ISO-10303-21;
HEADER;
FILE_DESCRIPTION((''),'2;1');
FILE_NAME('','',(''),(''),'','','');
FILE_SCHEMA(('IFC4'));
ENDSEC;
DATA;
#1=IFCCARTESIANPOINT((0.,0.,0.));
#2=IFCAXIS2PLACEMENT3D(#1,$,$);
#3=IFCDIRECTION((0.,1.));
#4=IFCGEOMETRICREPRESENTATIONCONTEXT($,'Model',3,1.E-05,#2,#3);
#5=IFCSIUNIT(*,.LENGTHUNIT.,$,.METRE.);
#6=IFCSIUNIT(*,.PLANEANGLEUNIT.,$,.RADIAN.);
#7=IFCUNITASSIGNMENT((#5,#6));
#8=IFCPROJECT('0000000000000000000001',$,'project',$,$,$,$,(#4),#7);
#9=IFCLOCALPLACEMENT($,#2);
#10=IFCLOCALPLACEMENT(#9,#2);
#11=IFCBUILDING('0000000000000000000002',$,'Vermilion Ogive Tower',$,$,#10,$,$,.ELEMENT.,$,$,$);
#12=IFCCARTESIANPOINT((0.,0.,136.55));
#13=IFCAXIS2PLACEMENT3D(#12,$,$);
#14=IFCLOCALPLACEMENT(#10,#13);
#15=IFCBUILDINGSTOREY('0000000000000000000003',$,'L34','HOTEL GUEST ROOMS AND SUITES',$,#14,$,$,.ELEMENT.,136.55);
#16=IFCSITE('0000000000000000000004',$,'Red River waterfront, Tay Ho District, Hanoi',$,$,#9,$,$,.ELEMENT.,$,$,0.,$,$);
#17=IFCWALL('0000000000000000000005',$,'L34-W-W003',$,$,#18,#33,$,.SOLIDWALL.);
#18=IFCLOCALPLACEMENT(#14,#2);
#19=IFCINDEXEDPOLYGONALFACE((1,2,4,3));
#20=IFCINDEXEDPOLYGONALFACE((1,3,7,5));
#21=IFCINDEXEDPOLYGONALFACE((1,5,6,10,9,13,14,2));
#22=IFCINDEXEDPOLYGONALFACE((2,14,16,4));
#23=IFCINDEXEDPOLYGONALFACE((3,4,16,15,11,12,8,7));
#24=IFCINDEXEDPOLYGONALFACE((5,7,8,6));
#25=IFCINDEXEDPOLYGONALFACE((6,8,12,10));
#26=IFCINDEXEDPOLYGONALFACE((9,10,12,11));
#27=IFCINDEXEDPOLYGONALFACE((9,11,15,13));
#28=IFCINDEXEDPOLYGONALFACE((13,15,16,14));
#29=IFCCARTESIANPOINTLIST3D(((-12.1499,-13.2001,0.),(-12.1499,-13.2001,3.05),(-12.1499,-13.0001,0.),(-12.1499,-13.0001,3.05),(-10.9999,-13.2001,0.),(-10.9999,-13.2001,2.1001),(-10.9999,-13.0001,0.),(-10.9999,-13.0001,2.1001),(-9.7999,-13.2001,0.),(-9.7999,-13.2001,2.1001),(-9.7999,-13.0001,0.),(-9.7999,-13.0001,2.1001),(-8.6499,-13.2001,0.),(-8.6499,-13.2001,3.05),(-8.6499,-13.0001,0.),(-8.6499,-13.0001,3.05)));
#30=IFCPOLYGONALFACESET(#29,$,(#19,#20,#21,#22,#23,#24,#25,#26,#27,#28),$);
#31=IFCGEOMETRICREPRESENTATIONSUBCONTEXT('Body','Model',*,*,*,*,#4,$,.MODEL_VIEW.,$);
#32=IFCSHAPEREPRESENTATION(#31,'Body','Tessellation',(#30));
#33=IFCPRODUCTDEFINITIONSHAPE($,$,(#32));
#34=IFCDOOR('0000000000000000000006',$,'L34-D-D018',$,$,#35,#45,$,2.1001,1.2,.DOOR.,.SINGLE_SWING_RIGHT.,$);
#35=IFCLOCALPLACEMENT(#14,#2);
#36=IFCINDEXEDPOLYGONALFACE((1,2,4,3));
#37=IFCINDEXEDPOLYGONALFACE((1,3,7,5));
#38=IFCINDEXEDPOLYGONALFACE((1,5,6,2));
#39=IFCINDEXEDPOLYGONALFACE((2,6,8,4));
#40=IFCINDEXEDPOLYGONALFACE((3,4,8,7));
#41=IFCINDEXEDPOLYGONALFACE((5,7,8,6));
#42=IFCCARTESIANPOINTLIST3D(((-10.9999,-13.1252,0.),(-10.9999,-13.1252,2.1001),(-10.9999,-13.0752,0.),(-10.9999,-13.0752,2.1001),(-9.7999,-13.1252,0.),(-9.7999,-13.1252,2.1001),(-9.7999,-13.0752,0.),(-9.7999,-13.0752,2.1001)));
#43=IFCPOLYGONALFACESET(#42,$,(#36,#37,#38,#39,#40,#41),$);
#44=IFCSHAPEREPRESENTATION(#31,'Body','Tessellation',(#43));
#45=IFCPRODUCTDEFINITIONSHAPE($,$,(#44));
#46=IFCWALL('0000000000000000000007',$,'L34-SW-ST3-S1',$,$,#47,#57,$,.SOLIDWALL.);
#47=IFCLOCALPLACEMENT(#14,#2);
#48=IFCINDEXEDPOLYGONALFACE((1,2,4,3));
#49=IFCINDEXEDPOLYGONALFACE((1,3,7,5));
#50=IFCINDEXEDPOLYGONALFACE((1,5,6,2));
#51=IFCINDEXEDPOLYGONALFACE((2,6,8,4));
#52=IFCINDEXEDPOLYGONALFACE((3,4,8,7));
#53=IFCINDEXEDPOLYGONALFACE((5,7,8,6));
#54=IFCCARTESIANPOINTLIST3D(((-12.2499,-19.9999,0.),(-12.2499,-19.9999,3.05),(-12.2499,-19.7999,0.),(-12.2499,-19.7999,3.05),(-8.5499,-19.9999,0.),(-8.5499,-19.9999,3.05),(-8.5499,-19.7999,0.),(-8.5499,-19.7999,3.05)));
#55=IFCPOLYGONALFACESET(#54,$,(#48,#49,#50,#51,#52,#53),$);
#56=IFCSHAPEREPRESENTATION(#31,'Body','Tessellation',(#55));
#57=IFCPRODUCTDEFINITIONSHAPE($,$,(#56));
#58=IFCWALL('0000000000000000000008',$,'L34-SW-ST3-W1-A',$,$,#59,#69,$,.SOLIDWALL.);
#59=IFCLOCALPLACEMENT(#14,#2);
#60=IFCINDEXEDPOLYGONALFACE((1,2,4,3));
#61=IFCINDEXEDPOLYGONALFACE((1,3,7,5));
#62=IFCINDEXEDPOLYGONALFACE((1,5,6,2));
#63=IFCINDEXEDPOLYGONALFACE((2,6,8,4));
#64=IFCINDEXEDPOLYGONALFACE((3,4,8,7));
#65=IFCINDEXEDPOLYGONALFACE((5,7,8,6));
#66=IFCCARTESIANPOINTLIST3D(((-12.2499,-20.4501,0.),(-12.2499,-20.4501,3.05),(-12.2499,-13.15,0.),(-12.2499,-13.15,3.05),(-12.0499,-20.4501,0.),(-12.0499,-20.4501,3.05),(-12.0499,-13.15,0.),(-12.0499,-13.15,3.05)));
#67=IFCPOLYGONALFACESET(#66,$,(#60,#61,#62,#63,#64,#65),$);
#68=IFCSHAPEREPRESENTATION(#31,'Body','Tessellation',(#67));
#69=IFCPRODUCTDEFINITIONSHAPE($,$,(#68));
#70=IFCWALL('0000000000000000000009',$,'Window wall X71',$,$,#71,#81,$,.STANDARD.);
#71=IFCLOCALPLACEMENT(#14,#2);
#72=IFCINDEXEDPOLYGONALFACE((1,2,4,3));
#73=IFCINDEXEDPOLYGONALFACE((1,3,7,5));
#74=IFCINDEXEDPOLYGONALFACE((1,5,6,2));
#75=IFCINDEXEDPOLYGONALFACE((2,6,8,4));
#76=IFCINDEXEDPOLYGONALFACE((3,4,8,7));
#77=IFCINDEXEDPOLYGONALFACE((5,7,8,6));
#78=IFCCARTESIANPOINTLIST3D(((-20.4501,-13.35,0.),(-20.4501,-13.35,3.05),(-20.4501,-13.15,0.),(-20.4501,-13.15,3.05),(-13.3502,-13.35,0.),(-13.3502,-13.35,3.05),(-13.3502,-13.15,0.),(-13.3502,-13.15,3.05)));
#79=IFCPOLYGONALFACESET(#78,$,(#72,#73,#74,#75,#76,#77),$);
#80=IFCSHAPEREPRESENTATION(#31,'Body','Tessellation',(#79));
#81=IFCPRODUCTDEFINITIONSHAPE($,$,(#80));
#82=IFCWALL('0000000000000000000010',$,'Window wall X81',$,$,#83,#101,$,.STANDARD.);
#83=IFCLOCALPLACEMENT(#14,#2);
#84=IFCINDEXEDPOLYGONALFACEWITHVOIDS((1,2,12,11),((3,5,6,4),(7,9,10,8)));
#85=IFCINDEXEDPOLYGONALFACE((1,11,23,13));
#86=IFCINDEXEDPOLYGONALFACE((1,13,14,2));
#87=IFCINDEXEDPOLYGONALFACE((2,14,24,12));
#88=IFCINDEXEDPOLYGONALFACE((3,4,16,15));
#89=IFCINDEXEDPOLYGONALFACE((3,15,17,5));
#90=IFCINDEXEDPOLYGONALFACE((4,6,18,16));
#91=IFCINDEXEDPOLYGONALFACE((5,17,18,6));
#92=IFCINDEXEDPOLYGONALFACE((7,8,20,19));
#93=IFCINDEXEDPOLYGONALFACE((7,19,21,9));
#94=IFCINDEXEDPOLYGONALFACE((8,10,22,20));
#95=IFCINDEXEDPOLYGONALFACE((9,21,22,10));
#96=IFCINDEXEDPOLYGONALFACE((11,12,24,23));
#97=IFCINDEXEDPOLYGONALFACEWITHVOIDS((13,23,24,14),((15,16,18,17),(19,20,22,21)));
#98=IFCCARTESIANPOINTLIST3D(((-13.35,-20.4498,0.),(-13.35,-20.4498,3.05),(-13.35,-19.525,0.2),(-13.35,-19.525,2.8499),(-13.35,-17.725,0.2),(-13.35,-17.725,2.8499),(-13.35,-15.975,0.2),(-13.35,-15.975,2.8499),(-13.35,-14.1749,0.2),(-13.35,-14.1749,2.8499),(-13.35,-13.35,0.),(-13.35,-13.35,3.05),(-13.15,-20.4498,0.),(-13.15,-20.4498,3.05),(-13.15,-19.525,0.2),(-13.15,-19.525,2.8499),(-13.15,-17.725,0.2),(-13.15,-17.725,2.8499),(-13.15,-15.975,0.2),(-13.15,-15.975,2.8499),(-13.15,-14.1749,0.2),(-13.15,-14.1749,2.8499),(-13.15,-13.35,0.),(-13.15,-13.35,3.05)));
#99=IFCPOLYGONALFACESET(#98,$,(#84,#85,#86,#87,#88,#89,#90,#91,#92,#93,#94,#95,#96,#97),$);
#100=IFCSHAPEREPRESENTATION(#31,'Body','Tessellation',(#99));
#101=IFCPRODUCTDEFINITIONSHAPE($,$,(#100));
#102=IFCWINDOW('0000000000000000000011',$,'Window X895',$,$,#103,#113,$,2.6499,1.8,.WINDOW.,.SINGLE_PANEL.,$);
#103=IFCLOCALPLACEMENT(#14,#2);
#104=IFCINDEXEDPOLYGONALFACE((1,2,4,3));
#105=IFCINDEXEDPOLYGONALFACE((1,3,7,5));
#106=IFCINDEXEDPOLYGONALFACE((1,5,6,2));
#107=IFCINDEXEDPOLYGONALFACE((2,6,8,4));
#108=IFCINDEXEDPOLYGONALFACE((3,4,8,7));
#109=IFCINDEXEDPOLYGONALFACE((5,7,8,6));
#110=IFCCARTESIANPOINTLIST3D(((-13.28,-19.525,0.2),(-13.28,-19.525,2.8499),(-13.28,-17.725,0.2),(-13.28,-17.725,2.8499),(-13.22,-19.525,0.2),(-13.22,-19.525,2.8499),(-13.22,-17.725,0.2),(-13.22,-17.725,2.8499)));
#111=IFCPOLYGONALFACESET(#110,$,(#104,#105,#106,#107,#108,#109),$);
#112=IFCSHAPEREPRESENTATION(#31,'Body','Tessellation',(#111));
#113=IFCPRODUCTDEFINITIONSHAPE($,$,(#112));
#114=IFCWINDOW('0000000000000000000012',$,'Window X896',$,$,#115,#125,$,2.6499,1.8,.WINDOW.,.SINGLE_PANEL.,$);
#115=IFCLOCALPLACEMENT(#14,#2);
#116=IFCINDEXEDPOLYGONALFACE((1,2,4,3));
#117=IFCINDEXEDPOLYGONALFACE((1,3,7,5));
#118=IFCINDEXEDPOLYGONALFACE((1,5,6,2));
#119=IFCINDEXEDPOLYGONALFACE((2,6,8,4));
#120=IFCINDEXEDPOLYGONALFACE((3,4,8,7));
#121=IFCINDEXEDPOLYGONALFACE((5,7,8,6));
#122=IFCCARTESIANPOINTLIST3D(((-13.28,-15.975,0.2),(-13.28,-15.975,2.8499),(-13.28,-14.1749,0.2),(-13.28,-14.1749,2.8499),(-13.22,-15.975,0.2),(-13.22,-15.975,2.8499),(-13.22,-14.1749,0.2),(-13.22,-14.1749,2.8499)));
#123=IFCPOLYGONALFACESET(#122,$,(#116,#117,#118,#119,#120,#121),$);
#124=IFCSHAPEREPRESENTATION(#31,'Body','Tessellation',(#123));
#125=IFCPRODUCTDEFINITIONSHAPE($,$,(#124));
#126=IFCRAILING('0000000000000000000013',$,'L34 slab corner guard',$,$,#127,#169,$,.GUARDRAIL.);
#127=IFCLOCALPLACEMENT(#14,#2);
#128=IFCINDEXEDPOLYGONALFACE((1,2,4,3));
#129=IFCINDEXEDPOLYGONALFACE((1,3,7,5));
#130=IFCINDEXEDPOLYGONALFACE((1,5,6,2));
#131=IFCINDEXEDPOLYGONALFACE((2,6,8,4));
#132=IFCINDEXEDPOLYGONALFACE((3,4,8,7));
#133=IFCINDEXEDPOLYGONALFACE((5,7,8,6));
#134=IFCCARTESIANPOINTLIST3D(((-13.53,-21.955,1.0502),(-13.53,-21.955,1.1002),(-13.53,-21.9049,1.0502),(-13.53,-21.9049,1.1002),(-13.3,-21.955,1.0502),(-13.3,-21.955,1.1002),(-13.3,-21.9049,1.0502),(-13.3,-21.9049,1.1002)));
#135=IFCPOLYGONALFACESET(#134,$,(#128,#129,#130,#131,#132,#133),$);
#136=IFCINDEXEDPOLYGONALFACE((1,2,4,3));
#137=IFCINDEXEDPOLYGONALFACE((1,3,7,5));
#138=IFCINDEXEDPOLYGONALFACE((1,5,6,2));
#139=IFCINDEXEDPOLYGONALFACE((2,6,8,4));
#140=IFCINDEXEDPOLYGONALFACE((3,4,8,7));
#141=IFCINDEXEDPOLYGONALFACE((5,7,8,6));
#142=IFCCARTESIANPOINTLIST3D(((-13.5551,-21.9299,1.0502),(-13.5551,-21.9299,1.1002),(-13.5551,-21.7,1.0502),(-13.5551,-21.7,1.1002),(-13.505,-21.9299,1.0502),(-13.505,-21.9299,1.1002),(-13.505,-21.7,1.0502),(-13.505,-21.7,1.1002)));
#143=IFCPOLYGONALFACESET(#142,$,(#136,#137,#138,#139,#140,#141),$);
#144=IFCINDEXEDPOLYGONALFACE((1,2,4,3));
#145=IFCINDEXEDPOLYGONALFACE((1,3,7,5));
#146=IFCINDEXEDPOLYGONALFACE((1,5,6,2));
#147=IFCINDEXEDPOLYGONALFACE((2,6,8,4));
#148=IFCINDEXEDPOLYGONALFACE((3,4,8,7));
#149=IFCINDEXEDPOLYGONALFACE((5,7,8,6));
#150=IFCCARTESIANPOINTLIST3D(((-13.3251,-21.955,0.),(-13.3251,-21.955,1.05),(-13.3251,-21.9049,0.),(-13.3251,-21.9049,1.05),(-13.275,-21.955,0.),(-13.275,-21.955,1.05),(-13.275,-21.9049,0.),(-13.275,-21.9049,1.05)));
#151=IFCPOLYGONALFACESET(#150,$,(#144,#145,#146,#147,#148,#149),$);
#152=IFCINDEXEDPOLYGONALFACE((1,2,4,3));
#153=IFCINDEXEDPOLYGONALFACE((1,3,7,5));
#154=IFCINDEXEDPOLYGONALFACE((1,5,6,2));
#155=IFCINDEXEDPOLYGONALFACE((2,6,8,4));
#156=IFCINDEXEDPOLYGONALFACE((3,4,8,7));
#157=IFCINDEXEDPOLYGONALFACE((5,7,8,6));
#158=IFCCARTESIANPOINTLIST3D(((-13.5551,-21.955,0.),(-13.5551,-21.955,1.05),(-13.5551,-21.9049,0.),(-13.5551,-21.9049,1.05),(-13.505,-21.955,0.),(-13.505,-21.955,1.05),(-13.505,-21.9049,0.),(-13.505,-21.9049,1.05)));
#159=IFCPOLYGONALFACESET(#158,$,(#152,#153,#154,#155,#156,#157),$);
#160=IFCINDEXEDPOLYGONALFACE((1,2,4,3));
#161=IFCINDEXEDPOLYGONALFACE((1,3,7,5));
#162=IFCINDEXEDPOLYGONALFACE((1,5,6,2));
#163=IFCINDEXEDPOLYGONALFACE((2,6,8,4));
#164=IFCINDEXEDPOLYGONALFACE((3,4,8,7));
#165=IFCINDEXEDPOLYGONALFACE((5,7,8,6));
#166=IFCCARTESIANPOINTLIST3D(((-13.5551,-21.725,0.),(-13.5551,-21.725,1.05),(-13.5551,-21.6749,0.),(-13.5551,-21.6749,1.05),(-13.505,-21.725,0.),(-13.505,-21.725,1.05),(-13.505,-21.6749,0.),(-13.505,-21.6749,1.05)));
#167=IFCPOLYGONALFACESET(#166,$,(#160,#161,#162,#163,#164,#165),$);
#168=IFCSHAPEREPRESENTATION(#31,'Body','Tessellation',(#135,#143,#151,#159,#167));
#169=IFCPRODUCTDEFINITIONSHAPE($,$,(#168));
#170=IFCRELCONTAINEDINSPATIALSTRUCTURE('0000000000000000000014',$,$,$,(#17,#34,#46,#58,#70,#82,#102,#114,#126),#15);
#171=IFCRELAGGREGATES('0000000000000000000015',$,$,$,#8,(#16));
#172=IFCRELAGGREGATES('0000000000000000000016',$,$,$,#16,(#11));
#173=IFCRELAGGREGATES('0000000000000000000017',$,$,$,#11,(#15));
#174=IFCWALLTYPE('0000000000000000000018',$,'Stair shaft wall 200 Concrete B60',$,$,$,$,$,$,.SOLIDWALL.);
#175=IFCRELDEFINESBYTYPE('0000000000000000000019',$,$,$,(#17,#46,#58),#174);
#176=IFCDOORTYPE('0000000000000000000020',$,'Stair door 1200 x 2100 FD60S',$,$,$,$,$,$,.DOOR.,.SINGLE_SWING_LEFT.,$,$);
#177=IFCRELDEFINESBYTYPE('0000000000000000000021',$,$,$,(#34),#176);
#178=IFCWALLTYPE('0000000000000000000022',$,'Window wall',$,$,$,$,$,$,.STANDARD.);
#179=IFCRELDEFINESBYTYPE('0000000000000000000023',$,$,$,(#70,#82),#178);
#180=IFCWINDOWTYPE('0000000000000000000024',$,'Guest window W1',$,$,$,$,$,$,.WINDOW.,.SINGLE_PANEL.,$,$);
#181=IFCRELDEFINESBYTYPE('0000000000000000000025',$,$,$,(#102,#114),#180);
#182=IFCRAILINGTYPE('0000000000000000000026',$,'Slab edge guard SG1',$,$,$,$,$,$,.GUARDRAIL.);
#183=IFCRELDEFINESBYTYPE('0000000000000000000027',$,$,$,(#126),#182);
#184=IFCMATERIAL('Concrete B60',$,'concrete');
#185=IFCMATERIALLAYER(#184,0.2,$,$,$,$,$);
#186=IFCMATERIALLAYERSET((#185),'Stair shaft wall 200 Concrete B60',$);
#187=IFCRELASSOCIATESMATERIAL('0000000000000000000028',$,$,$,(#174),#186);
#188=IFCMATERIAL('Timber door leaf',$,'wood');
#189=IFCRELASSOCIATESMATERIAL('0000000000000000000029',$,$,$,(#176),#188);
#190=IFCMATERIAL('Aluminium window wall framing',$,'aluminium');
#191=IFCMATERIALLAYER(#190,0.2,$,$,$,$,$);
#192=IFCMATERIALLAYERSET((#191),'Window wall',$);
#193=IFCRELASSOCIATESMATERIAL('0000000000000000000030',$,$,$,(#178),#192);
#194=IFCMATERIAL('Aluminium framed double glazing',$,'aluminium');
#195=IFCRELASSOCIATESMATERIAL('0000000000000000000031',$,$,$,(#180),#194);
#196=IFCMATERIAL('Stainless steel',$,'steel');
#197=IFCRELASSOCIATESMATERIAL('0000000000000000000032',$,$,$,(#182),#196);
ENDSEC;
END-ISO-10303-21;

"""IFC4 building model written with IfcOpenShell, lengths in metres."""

from ifc_helpers import new_model, si_unit, direction, frame, frame_2d, origin, origin_2d, place, context, subcontext, project, spatial, rectangle, extrude, material, layer, layer_set, type_object, element, fill, save


model = new_model("IFC4")

# Units and contexts
model_context = context("Model", 3, precision=1e-05, world=origin(), true_north=direction((0.0, 1.0)))
body_context = subcontext(model_context, "Body", "Model", "MODEL_VIEW")
ifc_project = project(units=[si_unit("LENGTHUNIT", "METRE"), si_unit("PLANEANGLEUNIT", "RADIAN")], contexts=[model_context])

# Site, building, storey
site_placement = place(None, origin())
site = spatial("IfcSite", under=ifc_project, at=site_placement, Name="Red River waterfront, Tay Ho District, Hanoi", CompositionType="ELEMENT", RefElevation=0.0)
building_placement = place(site_placement, origin())
building = spatial("IfcBuilding", under=site, at=building_placement, Name="Vermilion Ogive Tower", CompositionType="ELEMENT")
storey_placement = place(building_placement, frame((0.0, 0.0, 136.55)))
storey = spatial("IfcBuildingStorey", under=building, at=storey_placement, Name="L34", Description="HOTEL GUEST ROOMS AND SUITES", CompositionType="ELEMENT", Elevation=136.55)

# Wall, opening, door
ifc_material_1 = material(Name="Concrete B60", Category="concrete")
ifc_layer_1 = layer(ifc_material_1, 0.2)
ifc_layer_set_1 = layer_set([ifc_layer_1], Name="Stair shaft wall 200 Concrete B60")
wall_type_1 = type_object("IfcWallType", Name="Stair shaft wall 200 Concrete B60", PredefinedType="SOLIDWALL", material=ifc_layer_set_1)
wall_1_placement = place(storey_placement, frame((-12.1499, -13.1001, 0.0), z_axis=(0.0, 0.0, 1.0), x_axis=(1.0, 0.0, 0.0)))
wall_1 = element("IfcWall", 1, at=wall_1_placement, inside=storey, type_object=wall_type_1, Name="L34-W-W003", PredefinedType="SOLIDWALL", context=body_context, shape_type="SweptSolid", body=[
    extrude(rectangle(XDim=3.5, YDim=0.2, at=frame_2d((1.75, 0.0))), origin(), (0.0, 0.0, 1.0), 3.05),
])
opening_1_placement = place(wall_1_placement, frame((1.1499, 0.0, 0.0)))
opening_1 = element("IfcOpeningElement", 2, at=opening_1_placement, cuts=wall_1, PredefinedType="OPENING", context=body_context, shape_type="SweptSolid", body=[
    extrude(rectangle(XDim=1.2, YDim=2.1001, at=frame_2d((0.6001, 1.05))), frame((0.0, 0.1099, 0.0), z_axis=(0.0, -1.0, 0.0), x_axis=(1.0, 0.0, 0.0)), (0.0, 0.0, 1.0), 0.22),
])
ifc_material_2 = material(Name="Timber door leaf", Category="wood")
door_type_1 = type_object("IfcDoorType", Name="Stair door 1200 x 2100 FD60S", OperationType="SINGLE_SWING_LEFT", PredefinedType="DOOR", material=ifc_material_2)
door_1_placement = place(opening_1_placement, origin())
door_1 = element("IfcDoor", 3, at=door_1_placement, inside=storey, type_object=door_type_1, Name="L34-D-D018", OperationType="SINGLE_SWING_RIGHT", OverallHeight=2.1001, OverallWidth=1.2, PredefinedType="DOOR", context=body_context, shape_type="SweptSolid", body=[
    extrude(rectangle(XDim=1.2, YDim=2.1001, at=frame_2d((0.6001, 1.05))), frame((0.0, 0.0249, 0.0), z_axis=(0.0, -1.0, 0.0), x_axis=(1.0, 0.0, 0.0)), (0.0, 0.0, 1.0), 0.05),
])
fill(opening_1, door_1)

# Walls
wall_2_placement = place(storey_placement, frame((-12.25, -19.8999, 0.0), z_axis=(0.0, 0.0, 1.0), x_axis=(1.0, 0.0, 0.0)))
element("IfcWall", 4, at=wall_2_placement, inside=storey, type_object=wall_type_1, Name="L34-SW-ST3-S1", PredefinedType="SOLIDWALL", context=body_context, shape_type="SweptSolid", body=[
    extrude(rectangle(XDim=3.7, YDim=0.2, at=frame_2d((1.8501, 0.0))), origin(), (0.0, 0.0, 1.0), 3.05),
])
wall_3_placement = place(storey_placement, frame((-12.1499, -20.45, 0.0), z_axis=(0.0, 0.0, 1.0), x_axis=(0.0, 1.0, 0.0)))
element("IfcWall", 5, at=wall_3_placement, inside=storey, type_object=wall_type_1, Name="L34-SW-ST3-W1-A", PredefinedType="SOLIDWALL", context=body_context, shape_type="SweptSolid", body=[
    extrude(rectangle(XDim=7.3, YDim=0.2, at=frame_2d((3.6499, 0.0))), origin(), (0.0, 0.0, 1.0), 3.05),
])
ifc_material_3 = material(Name="Aluminium window wall framing", Category="aluminium")
ifc_layer_2 = layer(ifc_material_3, 0.2)
ifc_layer_set_2 = layer_set([ifc_layer_2], Name="Window wall")
wall_type_2 = type_object("IfcWallType", Name="Window wall", PredefinedType="STANDARD", material=ifc_layer_set_2)
wall_4_placement = place(storey_placement, frame((-20.45, -13.25, 0.0), z_axis=(0.0, 0.0, 1.0), x_axis=(1.0, 0.0, 0.0)))
element("IfcWall", 6, at=wall_4_placement, inside=storey, type_object=wall_type_2, Name="Window wall X71", PredefinedType="STANDARD", context=body_context, shape_type="SweptSolid", body=[
    extrude(rectangle(XDim=7.0999, YDim=0.2, at=frame_2d((3.5498, 0.0))), origin(), (0.0, 0.0, 1.0), 3.05),
])

# Wall, openings, windows
wall_5_placement = place(storey_placement, frame((-13.25, -13.3501, 0.0), z_axis=(0.0, 0.0, 1.0), x_axis=(0.0, -1.0, 0.0)))
wall_5 = element("IfcWall", 7, at=wall_5_placement, inside=storey, type_object=wall_type_2, Name="Window wall X81", PredefinedType="STANDARD", context=body_context, shape_type="SweptSolid", body=[
    extrude(rectangle(XDim=7.0999, YDim=0.2, at=frame_2d((3.5498, 0.0))), origin(), (0.0, 0.0, 1.0), 3.05),
])
opening_2_placement = place(wall_5_placement, frame((4.375, 0.0, 0.2)))
opening_2 = element("IfcOpeningElement", 8, at=opening_2_placement, cuts=wall_5, PredefinedType="OPENING", context=body_context, shape_type="SweptSolid", body=[
    extrude(rectangle(XDim=1.8, YDim=2.6499, at=frame_2d((0.8999, 1.325))), frame((0.0, 0.1099, 0.0), z_axis=(0.0, -1.0, 0.0), x_axis=(1.0, 0.0, 0.0)), (0.0, 0.0, 1.0), 0.22),
])
opening_3_placement = place(wall_5_placement, frame((0.825, 0.0, 0.2)))
opening_3 = element("IfcOpeningElement", 9, at=opening_3_placement, cuts=wall_5, PredefinedType="OPENING", context=body_context, shape_type="SweptSolid", body=[
    extrude(rectangle(XDim=1.8, YDim=2.6499, at=frame_2d((0.8999, 1.325))), frame((0.0, 0.1099, 0.0), z_axis=(0.0, -1.0, 0.0), x_axis=(1.0, 0.0, 0.0)), (0.0, 0.0, 1.0), 0.22),
])
ifc_material_4 = material(Name="Aluminium framed double glazing", Category="aluminium")
window_type = type_object("IfcWindowType", Name="Guest window W1", PartitioningType="SINGLE_PANEL", PredefinedType="WINDOW", material=ifc_material_4)
window_1_placement = place(opening_2_placement, origin())
window_1 = element("IfcWindow", 10, at=window_1_placement, inside=storey, type_object=window_type, Name="Window X895", OverallHeight=2.6499, OverallWidth=1.8, PartitioningType="SINGLE_PANEL", PredefinedType="WINDOW", context=body_context, shape_type="SweptSolid", body=[
    extrude(rectangle(XDim=1.8, YDim=2.6499, at=frame_2d((0.8999, 1.325))), frame((0.0, 0.03, 0.0), z_axis=(0.0, -1.0, 0.0), x_axis=(1.0, 0.0, 0.0)), (0.0, 0.0, 1.0), 0.0601),
])
fill(opening_2, window_1)
window_2_placement = place(opening_3_placement, origin())
window_2 = element("IfcWindow", 11, at=window_2_placement, inside=storey, type_object=window_type, Name="Window X896", OverallHeight=2.6499, OverallWidth=1.8, PartitioningType="SINGLE_PANEL", PredefinedType="WINDOW", context=body_context, shape_type="SweptSolid", body=[
    extrude(rectangle(XDim=1.8, YDim=2.6499, at=frame_2d((0.8999, 1.325))), frame((0.0, 0.03, 0.0), z_axis=(0.0, -1.0, 0.0), x_axis=(1.0, 0.0, 0.0)), (0.0, 0.0, 1.0), 0.0601),
])
fill(opening_3, window_2)

# Railing
ifc_material_5 = material(Name="Stainless steel", Category="steel")
railing_type_1 = type_object("IfcRailingType", Name="Slab edge guard SG1", PredefinedType="GUARDRAIL", material=ifc_material_5)
railing_1_placement = place(storey_placement, frame((-13.3, -21.9299, 0.0)))
element("IfcRailing", 12, at=railing_1_placement, inside=storey, type_object=railing_type_1, Name="L34 slab corner guard", PredefinedType="GUARDRAIL", context=body_context, shape_type="SweptSolid", body=[
    extrude(rectangle(XDim=0.05, YDim=0.05, at=origin_2d()), frame((0.0, 0.0, 1.0752), z_axis=(-1.0, 0.0, 0.0), x_axis=(0.0, -1.0, 0.0)), (0.0, 0.0, 1.0), 0.23),
    extrude(rectangle(XDim=0.05, YDim=0.05, at=origin_2d()), frame((-0.23, 0.0, 1.0752), z_axis=(0.0, 1.0, 0.0), x_axis=(-1.0, 0.0, 0.0)), (0.0, 0.0, 1.0), 0.23),
    extrude(rectangle(XDim=0.05, YDim=0.05, at=origin_2d()), origin(), (0.0, 0.0, 1.0), 1.05),
    extrude(rectangle(XDim=0.05, YDim=0.05, at=origin_2d()), frame((-0.23, 0.0, 0.0)), (0.0, 0.0, 1.0), 1.05),
    extrude(rectangle(XDim=0.05, YDim=0.05, at=origin_2d()), frame((-0.23, 0.23, 0.0)), (0.0, 0.0, 1.0), 1.05),
])

save(model, "model.ifc")
